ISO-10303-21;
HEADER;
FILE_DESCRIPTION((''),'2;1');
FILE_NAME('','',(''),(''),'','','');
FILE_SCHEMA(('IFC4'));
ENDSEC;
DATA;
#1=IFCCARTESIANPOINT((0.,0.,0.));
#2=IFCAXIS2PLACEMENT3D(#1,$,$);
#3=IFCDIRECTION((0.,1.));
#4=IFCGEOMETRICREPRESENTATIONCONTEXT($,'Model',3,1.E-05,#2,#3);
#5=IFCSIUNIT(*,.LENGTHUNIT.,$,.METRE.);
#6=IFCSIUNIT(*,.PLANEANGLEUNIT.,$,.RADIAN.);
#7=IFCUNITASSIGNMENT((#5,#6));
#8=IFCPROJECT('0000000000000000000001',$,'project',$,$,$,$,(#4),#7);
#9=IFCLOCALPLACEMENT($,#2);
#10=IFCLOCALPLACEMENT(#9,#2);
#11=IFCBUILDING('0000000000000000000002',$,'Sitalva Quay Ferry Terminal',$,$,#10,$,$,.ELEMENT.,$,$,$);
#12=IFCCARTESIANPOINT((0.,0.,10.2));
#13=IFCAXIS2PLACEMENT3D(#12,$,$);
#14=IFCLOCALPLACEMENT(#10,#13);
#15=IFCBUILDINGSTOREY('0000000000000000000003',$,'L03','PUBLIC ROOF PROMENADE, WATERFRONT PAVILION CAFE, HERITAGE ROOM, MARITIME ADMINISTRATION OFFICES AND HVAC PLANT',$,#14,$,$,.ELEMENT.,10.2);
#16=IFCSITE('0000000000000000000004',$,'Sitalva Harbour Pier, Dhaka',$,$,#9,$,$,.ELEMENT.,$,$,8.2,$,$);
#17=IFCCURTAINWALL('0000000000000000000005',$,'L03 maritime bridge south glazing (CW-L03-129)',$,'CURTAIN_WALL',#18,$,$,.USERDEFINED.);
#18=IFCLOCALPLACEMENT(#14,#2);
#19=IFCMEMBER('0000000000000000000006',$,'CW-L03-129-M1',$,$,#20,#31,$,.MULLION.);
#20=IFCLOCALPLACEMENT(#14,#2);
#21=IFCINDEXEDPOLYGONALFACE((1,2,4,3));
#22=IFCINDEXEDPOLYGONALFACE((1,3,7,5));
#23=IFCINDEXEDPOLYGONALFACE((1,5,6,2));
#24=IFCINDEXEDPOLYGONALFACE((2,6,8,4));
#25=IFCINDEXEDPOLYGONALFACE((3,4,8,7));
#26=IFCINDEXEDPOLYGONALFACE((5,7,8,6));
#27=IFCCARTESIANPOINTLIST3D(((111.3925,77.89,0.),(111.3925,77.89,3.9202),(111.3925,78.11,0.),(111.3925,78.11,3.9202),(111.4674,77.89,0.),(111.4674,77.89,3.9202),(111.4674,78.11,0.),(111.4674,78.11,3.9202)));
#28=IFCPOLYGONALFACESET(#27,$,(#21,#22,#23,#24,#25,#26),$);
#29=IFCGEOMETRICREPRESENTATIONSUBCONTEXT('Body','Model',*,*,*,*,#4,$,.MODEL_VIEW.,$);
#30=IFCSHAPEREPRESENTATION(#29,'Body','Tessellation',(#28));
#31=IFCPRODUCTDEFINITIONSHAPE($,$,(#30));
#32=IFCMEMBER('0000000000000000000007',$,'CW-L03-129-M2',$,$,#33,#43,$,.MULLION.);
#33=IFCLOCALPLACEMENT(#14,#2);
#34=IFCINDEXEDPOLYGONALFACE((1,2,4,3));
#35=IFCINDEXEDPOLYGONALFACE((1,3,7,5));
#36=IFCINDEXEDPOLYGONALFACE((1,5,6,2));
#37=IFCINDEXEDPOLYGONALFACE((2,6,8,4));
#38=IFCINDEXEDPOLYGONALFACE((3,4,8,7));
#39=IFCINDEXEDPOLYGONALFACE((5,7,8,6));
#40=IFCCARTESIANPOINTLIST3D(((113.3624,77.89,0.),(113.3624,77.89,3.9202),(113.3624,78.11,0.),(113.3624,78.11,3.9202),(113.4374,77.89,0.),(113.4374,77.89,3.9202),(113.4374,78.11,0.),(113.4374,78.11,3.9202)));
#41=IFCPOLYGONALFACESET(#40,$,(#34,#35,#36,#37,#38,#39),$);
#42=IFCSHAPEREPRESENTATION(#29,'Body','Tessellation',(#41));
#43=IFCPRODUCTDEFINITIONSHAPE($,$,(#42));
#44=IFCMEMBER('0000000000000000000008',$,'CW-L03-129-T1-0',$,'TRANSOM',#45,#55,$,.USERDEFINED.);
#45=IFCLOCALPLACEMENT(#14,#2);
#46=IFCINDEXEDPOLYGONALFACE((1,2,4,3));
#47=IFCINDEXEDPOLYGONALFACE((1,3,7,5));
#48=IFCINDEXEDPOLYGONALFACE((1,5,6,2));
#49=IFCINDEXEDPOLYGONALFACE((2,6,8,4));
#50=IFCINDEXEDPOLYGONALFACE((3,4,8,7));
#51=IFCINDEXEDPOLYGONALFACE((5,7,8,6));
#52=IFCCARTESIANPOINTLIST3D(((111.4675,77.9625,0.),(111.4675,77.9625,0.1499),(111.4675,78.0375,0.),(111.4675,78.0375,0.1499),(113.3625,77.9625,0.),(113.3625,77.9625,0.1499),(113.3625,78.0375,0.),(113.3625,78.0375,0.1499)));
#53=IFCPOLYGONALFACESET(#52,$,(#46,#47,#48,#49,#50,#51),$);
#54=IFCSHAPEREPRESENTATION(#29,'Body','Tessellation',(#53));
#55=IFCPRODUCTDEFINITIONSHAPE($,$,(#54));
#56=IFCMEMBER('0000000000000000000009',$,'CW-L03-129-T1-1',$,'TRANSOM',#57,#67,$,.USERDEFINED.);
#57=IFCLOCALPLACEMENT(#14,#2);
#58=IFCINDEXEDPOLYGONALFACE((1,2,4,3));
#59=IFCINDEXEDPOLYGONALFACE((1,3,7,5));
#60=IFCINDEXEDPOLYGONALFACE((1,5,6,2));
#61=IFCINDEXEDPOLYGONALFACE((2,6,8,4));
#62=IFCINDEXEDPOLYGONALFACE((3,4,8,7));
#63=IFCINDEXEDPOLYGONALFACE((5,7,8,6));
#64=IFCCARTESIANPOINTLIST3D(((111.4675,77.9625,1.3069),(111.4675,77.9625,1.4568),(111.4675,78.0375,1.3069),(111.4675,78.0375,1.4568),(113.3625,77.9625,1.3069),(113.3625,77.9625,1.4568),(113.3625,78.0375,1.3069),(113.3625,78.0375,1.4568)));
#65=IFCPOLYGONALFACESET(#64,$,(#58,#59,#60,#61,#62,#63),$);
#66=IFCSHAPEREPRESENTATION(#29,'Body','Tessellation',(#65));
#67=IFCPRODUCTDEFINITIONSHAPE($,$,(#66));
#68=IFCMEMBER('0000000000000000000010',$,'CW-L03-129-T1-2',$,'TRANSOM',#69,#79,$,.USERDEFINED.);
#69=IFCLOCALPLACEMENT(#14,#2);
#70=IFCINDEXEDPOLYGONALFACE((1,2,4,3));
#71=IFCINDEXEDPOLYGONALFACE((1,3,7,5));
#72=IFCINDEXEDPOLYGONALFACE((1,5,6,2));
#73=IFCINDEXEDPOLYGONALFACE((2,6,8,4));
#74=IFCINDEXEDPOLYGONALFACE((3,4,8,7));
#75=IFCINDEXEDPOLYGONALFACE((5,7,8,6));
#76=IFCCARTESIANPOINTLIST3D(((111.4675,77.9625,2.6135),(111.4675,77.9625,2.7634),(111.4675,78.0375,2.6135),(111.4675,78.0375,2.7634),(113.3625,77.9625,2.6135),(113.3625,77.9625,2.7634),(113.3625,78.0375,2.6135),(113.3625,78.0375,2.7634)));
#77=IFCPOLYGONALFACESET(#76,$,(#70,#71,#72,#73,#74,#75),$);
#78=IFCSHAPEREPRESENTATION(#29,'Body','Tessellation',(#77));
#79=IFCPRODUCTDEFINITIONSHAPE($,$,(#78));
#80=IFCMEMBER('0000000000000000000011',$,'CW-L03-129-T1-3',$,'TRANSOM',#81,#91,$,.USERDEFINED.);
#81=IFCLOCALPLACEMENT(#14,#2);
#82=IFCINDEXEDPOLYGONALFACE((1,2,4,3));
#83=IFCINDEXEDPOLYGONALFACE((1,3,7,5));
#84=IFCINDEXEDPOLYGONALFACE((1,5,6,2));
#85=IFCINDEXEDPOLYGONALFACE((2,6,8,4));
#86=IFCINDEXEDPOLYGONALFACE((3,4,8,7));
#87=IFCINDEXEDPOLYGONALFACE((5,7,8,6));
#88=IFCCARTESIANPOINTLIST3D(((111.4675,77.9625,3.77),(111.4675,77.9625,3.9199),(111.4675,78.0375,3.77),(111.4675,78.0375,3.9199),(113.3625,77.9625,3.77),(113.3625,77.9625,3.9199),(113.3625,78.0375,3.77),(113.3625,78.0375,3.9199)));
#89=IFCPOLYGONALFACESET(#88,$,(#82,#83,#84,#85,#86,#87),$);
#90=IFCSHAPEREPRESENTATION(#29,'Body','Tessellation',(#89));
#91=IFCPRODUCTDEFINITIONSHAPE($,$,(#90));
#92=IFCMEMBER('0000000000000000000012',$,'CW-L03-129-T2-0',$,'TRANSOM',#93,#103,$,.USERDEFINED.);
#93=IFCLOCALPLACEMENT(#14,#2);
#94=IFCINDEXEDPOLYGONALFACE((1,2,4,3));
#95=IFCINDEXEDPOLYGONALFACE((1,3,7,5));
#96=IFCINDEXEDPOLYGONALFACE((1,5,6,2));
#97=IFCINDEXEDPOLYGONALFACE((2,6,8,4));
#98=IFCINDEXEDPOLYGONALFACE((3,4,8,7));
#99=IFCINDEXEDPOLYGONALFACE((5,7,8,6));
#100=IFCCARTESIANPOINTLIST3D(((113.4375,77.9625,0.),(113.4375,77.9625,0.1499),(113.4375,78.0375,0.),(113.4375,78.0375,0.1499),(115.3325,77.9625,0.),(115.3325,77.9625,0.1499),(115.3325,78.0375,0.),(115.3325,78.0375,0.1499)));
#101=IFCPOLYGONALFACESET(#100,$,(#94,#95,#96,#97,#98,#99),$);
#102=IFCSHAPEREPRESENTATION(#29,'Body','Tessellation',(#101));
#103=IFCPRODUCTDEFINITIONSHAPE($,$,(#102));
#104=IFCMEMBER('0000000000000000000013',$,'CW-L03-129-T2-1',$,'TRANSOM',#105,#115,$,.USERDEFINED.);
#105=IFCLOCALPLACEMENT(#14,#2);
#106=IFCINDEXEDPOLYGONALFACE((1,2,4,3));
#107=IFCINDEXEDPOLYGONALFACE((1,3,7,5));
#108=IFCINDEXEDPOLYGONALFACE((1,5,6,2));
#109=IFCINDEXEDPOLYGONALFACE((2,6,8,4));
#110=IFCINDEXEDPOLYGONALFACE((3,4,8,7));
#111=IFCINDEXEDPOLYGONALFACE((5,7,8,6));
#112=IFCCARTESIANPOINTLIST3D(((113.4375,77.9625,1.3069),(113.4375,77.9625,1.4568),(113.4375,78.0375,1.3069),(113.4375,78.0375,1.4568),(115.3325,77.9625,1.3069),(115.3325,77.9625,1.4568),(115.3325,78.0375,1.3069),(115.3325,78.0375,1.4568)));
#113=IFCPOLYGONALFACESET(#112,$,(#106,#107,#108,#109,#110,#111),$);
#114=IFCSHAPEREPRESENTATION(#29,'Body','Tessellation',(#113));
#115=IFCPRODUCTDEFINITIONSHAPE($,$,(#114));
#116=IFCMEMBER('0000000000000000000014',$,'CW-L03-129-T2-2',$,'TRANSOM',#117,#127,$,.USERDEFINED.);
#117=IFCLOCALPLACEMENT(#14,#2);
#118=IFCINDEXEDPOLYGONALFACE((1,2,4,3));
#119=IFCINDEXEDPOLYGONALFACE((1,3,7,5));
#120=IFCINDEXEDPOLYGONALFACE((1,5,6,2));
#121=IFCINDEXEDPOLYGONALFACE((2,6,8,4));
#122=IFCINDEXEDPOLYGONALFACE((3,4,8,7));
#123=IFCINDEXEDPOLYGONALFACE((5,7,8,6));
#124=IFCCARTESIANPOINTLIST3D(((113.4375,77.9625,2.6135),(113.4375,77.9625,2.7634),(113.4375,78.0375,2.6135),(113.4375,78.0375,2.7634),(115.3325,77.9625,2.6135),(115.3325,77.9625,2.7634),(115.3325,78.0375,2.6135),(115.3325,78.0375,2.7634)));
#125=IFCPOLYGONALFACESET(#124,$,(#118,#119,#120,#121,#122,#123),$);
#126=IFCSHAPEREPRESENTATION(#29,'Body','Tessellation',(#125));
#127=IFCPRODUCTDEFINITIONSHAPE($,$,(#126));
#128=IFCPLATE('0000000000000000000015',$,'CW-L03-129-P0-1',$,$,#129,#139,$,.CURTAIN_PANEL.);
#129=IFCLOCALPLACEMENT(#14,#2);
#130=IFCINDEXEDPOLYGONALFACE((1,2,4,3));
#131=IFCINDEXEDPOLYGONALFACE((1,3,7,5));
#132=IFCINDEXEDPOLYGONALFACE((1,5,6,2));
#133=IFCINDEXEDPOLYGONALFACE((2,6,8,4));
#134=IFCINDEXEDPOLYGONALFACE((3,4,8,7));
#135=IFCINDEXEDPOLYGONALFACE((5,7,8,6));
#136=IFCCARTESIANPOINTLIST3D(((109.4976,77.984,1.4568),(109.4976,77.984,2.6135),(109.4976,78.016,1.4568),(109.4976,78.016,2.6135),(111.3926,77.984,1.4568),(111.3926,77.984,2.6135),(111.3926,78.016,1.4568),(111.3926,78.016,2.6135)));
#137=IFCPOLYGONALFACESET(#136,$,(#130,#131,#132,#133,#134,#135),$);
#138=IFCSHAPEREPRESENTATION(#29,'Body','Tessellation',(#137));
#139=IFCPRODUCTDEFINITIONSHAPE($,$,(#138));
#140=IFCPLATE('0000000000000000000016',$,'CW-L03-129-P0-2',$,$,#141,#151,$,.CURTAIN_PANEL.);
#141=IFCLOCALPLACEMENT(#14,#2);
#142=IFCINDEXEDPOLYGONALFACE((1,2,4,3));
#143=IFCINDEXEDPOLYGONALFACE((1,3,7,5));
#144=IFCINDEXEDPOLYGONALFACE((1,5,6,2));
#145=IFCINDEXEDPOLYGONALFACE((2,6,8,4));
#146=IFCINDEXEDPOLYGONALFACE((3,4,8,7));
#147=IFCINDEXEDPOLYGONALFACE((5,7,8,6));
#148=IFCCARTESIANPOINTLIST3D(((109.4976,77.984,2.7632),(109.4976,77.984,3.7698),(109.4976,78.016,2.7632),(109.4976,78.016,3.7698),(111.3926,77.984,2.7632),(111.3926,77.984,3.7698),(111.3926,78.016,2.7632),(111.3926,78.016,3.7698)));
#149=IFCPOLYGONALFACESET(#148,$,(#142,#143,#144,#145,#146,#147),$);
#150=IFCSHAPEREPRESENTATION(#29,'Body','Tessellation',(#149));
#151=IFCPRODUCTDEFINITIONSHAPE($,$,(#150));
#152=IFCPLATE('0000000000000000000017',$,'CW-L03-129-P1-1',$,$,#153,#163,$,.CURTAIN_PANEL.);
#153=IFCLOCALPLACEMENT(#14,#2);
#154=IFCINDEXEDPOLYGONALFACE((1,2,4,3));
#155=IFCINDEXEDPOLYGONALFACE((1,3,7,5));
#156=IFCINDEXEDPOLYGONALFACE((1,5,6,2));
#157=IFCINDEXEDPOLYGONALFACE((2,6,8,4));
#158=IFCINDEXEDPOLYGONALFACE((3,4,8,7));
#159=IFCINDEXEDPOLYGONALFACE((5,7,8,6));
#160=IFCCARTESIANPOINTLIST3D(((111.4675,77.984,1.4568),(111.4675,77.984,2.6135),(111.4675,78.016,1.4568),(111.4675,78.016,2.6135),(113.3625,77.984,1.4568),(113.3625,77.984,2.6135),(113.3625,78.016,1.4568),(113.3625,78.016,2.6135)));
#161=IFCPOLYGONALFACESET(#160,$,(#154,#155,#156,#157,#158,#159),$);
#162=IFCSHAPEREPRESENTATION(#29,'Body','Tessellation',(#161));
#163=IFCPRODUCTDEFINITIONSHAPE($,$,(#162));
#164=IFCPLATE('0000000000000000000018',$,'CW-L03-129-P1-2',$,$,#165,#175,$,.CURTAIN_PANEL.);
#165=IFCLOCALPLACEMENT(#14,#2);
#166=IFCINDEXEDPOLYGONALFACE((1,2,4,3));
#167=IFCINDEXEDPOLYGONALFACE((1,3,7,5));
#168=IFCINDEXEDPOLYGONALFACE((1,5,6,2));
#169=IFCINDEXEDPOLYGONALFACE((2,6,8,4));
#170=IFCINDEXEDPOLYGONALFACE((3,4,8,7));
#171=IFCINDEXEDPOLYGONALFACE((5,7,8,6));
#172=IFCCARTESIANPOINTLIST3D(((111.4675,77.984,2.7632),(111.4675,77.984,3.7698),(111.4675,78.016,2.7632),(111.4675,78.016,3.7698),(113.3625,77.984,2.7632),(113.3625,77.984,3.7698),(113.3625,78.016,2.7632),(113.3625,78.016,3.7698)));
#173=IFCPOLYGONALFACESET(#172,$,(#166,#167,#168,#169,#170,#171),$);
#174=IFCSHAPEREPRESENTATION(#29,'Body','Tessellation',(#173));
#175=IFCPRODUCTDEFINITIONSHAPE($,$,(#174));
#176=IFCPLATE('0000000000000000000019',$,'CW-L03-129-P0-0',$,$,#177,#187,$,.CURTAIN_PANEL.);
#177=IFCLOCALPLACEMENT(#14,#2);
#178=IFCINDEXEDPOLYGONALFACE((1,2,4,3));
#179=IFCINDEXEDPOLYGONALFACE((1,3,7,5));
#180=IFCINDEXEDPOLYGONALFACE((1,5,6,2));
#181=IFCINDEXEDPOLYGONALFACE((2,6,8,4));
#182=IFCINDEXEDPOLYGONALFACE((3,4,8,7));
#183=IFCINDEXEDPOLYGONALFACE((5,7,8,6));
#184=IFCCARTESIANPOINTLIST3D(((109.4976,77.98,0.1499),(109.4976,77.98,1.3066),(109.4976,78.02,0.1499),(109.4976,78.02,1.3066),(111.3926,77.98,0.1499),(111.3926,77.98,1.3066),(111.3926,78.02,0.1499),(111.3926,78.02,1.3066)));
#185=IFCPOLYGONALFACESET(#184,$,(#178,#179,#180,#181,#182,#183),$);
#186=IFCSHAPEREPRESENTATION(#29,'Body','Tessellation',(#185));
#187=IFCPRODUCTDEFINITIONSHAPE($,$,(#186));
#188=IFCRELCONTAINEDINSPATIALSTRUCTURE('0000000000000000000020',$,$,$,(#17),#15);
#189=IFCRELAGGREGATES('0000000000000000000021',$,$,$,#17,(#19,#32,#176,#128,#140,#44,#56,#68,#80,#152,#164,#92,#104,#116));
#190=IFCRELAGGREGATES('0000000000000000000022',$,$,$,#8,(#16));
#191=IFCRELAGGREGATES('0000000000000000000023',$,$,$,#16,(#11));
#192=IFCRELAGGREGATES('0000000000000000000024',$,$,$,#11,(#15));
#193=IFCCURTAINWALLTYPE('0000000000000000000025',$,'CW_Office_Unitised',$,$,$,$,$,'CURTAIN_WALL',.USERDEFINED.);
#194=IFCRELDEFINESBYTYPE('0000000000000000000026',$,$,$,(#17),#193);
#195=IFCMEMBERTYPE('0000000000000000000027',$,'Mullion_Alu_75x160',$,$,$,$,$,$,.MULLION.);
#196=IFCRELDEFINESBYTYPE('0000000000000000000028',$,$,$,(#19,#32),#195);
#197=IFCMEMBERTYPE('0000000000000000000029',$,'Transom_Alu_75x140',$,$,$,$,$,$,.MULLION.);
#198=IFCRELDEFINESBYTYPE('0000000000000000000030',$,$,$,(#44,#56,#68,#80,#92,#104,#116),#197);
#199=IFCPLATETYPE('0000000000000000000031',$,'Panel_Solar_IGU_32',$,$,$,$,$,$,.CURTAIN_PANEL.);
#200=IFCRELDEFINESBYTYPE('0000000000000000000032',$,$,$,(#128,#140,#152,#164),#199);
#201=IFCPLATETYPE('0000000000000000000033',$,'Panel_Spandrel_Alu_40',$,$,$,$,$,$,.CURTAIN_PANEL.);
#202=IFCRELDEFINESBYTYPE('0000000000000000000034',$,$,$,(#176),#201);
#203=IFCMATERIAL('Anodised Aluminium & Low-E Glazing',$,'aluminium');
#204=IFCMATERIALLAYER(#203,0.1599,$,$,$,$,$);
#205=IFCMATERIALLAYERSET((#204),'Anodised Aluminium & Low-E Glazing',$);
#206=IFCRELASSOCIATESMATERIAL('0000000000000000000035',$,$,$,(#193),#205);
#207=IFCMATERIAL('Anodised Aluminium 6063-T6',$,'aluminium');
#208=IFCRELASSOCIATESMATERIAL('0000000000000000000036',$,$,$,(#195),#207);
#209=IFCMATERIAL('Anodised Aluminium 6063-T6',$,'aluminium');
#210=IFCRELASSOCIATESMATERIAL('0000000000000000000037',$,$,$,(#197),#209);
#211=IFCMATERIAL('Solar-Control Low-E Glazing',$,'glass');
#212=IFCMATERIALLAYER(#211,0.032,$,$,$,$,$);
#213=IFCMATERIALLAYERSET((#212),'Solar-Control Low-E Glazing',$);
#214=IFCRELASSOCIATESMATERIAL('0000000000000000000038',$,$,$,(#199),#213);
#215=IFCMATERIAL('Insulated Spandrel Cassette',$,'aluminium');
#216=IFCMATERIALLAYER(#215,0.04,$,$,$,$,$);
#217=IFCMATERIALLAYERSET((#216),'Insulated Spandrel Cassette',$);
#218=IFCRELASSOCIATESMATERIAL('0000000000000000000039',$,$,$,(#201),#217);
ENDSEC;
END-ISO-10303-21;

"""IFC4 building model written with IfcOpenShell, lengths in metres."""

from ifc_helpers import new_model, si_unit, direction, frame, origin, origin_2d, place, context, subcontext, project, spatial, rectangle, extrude, material, layer, layer_set, material_profile, profile_set, type_object, element, aggregate, save


model = new_model("IFC4")

# Units and contexts
model_context = context("Model", 3, precision=1e-05, world=origin(), true_north=direction((0.0, 1.0)))
body_context = subcontext(model_context, "Body", "Model", "MODEL_VIEW")
ifc_project = project(units=[si_unit("LENGTHUNIT", "METRE"), si_unit("PLANEANGLEUNIT", "RADIAN")], contexts=[model_context])

# Site, building, storey
site_placement = place(None, origin())
site = spatial("IfcSite", under=ifc_project, at=site_placement, Name="Sitalva Harbour Pier, Dhaka", CompositionType="ELEMENT", RefElevation=8.2)
building_placement = place(site_placement, origin())
building = spatial("IfcBuilding", under=site, at=building_placement, Name="Sitalva Quay Ferry Terminal", CompositionType="ELEMENT")
storey_placement = place(building_placement, frame((0.0, 0.0, 10.2)))
storey = spatial("IfcBuildingStorey", under=building, at=storey_placement, Name="L03", Description="PUBLIC ROOF PROMENADE, WATERFRONT PAVILION CAFE, HERITAGE ROOM, MARITIME ADMINISTRATION OFFICES AND HVAC PLANT", CompositionType="ELEMENT", Elevation=10.2)

# Curtain wall, members, plates
ifc_material_1 = material(Name="Anodised Aluminium & Low-E Glazing", Category="aluminium")
ifc_layer_1 = layer(ifc_material_1, 0.1599)
ifc_layer_set_1 = layer_set([ifc_layer_1], Name="Anodised Aluminium & Low-E Glazing")
curtain_wall_type = type_object("IfcCurtainWallType", Name="CW_Office_Unitised", ElementType="CURTAIN_WALL", PredefinedType="USERDEFINED", material=ifc_layer_set_1)
curtain_wall_placement = place(storey_placement, origin())
curtain_wall = element("IfcCurtainWall", 1, at=curtain_wall_placement, inside=storey, type_object=curtain_wall_type, Name="L03 maritime bridge south glazing (CW-L03-129)", ObjectType="CURTAIN_WALL", PredefinedType="USERDEFINED")
ifc_material_2 = material(Name="Anodised Aluminium 6063-T6", Category="aluminium")
ifc_material_profile_1 = material_profile(ifc_material_2, rectangle(XDim=0.075, YDim=0.22, at=origin_2d()), Name="ALU75x220")
ifc_profile_set_1 = profile_set([ifc_material_profile_1], Name="Anodised Aluminium 6063-T6")
member_type_1 = type_object("IfcMemberType", Name="Mullion_Alu_75x160", PredefinedType="MULLION", material=ifc_profile_set_1)
member_1_placement = place(storey_placement, frame((111.4299, 78.0, 0.0), z_axis=(0.0, 0.0, 1.0), x_axis=(1.0, 0.0, 0.0)))
member_1 = element("IfcMember", 2, at=member_1_placement, type_object=member_type_1, Name="CW-L03-129-M1", PredefinedType="MULLION", context=body_context, shape_type="SweptSolid", body=[
    extrude(rectangle(XDim=0.075, YDim=0.22, at=origin_2d()), origin(), (0.0, 0.0, 1.0), 3.9202),
])
member_2_placement = place(storey_placement, frame((113.3999, 78.0, 0.0), z_axis=(0.0, 0.0, 1.0), x_axis=(1.0, 0.0, 0.0)))
member_2 = element("IfcMember", 3, at=member_2_placement, type_object=member_type_1, Name="CW-L03-129-M2", PredefinedType="MULLION", context=body_context, shape_type="SweptSolid", body=[
    extrude(rectangle(XDim=0.075, YDim=0.22, at=origin_2d()), origin(), (0.0, 0.0, 1.0), 3.9202),
])
ifc_material_3 = material(Name="Anodised Aluminium 6063-T6", Category="aluminium")
ifc_material_profile_2 = material_profile(ifc_material_3, rectangle(XDim=0.075, YDim=0.1499, at=origin_2d()), Name="ALU75x150")
ifc_profile_set_2 = profile_set([ifc_material_profile_2], Name="Anodised Aluminium 6063-T6")
member_type_2 = type_object("IfcMemberType", Name="Transom_Alu_75x140", PredefinedType="MULLION", material=ifc_profile_set_2)
member_3_placement = place(storey_placement, frame((111.4675, 78.0, 0.075), z_axis=(1.0, 0.0, 0.0), x_axis=(0.0, 1.0, 0.0)))
member_3 = element("IfcMember", 4, at=member_3_placement, type_object=member_type_2, Name="CW-L03-129-T1-0", ObjectType="TRANSOM", PredefinedType="USERDEFINED", context=body_context, shape_type="SweptSolid", body=[
    extrude(rectangle(XDim=0.075, YDim=0.1499, at=origin_2d()), origin(), (0.0, 0.0, 1.0), 1.895),
])
member_4_placement = place(storey_placement, frame((111.4675, 78.0, 1.3818), z_axis=(1.0, 0.0, 0.0), x_axis=(0.0, 1.0, 0.0)))
member_4 = element("IfcMember", 5, at=member_4_placement, type_object=member_type_2, Name="CW-L03-129-T1-1", ObjectType="TRANSOM", PredefinedType="USERDEFINED", context=body_context, shape_type="SweptSolid", body=[
    extrude(rectangle(XDim=0.075, YDim=0.1499, at=origin_2d()), origin(), (0.0, 0.0, 1.0), 1.895),
])
member_5_placement = place(storey_placement, frame((111.4675, 78.0, 2.6885), z_axis=(1.0, 0.0, 0.0), x_axis=(0.0, 1.0, 0.0)))
member_5 = element("IfcMember", 6, at=member_5_placement, type_object=member_type_2, Name="CW-L03-129-T1-2", ObjectType="TRANSOM", PredefinedType="USERDEFINED", context=body_context, shape_type="SweptSolid", body=[
    extrude(rectangle(XDim=0.075, YDim=0.1499, at=origin_2d()), origin(), (0.0, 0.0, 1.0), 1.895),
])
member_6_placement = place(storey_placement, frame((111.4675, 78.0, 3.845), z_axis=(1.0, 0.0, 0.0), x_axis=(0.0, 1.0, 0.0)))
member_6 = element("IfcMember", 7, at=member_6_placement, type_object=member_type_2, Name="CW-L03-129-T1-3", ObjectType="TRANSOM", PredefinedType="USERDEFINED", context=body_context, shape_type="SweptSolid", body=[
    extrude(rectangle(XDim=0.075, YDim=0.1499, at=origin_2d()), origin(), (0.0, 0.0, 1.0), 1.895),
])
member_7_placement = place(storey_placement, frame((113.4375, 78.0, 0.075), z_axis=(1.0, 0.0, 0.0), x_axis=(0.0, 1.0, 0.0)))
member_7 = element("IfcMember", 8, at=member_7_placement, type_object=member_type_2, Name="CW-L03-129-T2-0", ObjectType="TRANSOM", PredefinedType="USERDEFINED", context=body_context, shape_type="SweptSolid", body=[
    extrude(rectangle(XDim=0.075, YDim=0.1499, at=origin_2d()), origin(), (0.0, 0.0, 1.0), 1.895),
])
member_8_placement = place(storey_placement, frame((113.4375, 78.0, 1.3818), z_axis=(1.0, 0.0, 0.0), x_axis=(0.0, 1.0, 0.0)))
member_8 = element("IfcMember", 9, at=member_8_placement, type_object=member_type_2, Name="CW-L03-129-T2-1", ObjectType="TRANSOM", PredefinedType="USERDEFINED", context=body_context, shape_type="SweptSolid", body=[
    extrude(rectangle(XDim=0.075, YDim=0.1499, at=origin_2d()), origin(), (0.0, 0.0, 1.0), 1.895),
])
member_9_placement = place(storey_placement, frame((113.4375, 78.0, 2.6885), z_axis=(1.0, 0.0, 0.0), x_axis=(0.0, 1.0, 0.0)))
member_9 = element("IfcMember", 10, at=member_9_placement, type_object=member_type_2, Name="CW-L03-129-T2-2", ObjectType="TRANSOM", PredefinedType="USERDEFINED", context=body_context, shape_type="SweptSolid", body=[
    extrude(rectangle(XDim=0.075, YDim=0.1499, at=origin_2d()), origin(), (0.0, 0.0, 1.0), 1.895),
])
ifc_material_4 = material(Name="Solar-Control Low-E Glazing", Category="glass")
ifc_layer_2 = layer(ifc_material_4, 0.032)
ifc_layer_set_2 = layer_set([ifc_layer_2], Name="Solar-Control Low-E Glazing")
plate_type_1 = type_object("IfcPlateType", Name="Panel_Solar_IGU_32", PredefinedType="CURTAIN_PANEL", material=ifc_layer_set_2)
plate_1_placement = place(storey_placement, frame((110.4451, 78.0, 1.4568), z_axis=(0.0, 0.0, 1.0), x_axis=(1.0, 0.0, 0.0)))
plate_1 = element("IfcPlate", 11, at=plate_1_placement, type_object=plate_type_1, Name="CW-L03-129-P0-1", PredefinedType="CURTAIN_PANEL", context=body_context, shape_type="SweptSolid", body=[
    extrude(rectangle(XDim=1.895, YDim=0.032, at=origin_2d()), origin(), (0.0, 0.0, 1.0), 1.1567),
])
plate_2_placement = place(storey_placement, frame((110.4451, 78.0, 2.7632), z_axis=(0.0, 0.0, 1.0), x_axis=(1.0, 0.0, 0.0)))
plate_2 = element("IfcPlate", 12, at=plate_2_placement, type_object=plate_type_1, Name="CW-L03-129-P0-2", PredefinedType="CURTAIN_PANEL", context=body_context, shape_type="SweptSolid", body=[
    extrude(rectangle(XDim=1.895, YDim=0.032, at=origin_2d()), origin(), (0.0, 0.0, 1.0), 1.0066),
])
plate_3_placement = place(storey_placement, frame((112.415, 78.0, 1.4568), z_axis=(0.0, 0.0, 1.0), x_axis=(1.0, 0.0, 0.0)))
plate_3 = element("IfcPlate", 13, at=plate_3_placement, type_object=plate_type_1, Name="CW-L03-129-P1-1", PredefinedType="CURTAIN_PANEL", context=body_context, shape_type="SweptSolid", body=[
    extrude(rectangle(XDim=1.895, YDim=0.032, at=origin_2d()), origin(), (0.0, 0.0, 1.0), 1.1567),
])
plate_4_placement = place(storey_placement, frame((112.415, 78.0, 2.7632), z_axis=(0.0, 0.0, 1.0), x_axis=(1.0, 0.0, 0.0)))
plate_4 = element("IfcPlate", 14, at=plate_4_placement, type_object=plate_type_1, Name="CW-L03-129-P1-2", PredefinedType="CURTAIN_PANEL", context=body_context, shape_type="SweptSolid", body=[
    extrude(rectangle(XDim=1.895, YDim=0.032, at=origin_2d()), origin(), (0.0, 0.0, 1.0), 1.0066),
])
ifc_material_5 = material(Name="Insulated Spandrel Cassette", Category="aluminium")
ifc_layer_3 = layer(ifc_material_5, 0.04)
ifc_layer_set_3 = layer_set([ifc_layer_3], Name="Insulated Spandrel Cassette")
plate_type_2 = type_object("IfcPlateType", Name="Panel_Spandrel_Alu_40", PredefinedType="CURTAIN_PANEL", material=ifc_layer_set_3)
plate_5_placement = place(storey_placement, frame((110.4451, 78.0, 0.1499), z_axis=(0.0, 0.0, 1.0), x_axis=(1.0, 0.0, 0.0)))
plate_5 = element("IfcPlate", 15, at=plate_5_placement, type_object=plate_type_2, Name="CW-L03-129-P0-0", PredefinedType="CURTAIN_PANEL", context=body_context, shape_type="SweptSolid", body=[
    extrude(rectangle(XDim=1.895, YDim=0.04, at=origin_2d()), origin(), (0.0, 0.0, 1.0), 1.1567),
])
aggregate(curtain_wall, [member_1, member_2, plate_5, plate_1, plate_2, member_3, member_4, member_5, member_6, plate_3, plate_4, member_7, member_8, member_9])

save(model, "model.ifc")
